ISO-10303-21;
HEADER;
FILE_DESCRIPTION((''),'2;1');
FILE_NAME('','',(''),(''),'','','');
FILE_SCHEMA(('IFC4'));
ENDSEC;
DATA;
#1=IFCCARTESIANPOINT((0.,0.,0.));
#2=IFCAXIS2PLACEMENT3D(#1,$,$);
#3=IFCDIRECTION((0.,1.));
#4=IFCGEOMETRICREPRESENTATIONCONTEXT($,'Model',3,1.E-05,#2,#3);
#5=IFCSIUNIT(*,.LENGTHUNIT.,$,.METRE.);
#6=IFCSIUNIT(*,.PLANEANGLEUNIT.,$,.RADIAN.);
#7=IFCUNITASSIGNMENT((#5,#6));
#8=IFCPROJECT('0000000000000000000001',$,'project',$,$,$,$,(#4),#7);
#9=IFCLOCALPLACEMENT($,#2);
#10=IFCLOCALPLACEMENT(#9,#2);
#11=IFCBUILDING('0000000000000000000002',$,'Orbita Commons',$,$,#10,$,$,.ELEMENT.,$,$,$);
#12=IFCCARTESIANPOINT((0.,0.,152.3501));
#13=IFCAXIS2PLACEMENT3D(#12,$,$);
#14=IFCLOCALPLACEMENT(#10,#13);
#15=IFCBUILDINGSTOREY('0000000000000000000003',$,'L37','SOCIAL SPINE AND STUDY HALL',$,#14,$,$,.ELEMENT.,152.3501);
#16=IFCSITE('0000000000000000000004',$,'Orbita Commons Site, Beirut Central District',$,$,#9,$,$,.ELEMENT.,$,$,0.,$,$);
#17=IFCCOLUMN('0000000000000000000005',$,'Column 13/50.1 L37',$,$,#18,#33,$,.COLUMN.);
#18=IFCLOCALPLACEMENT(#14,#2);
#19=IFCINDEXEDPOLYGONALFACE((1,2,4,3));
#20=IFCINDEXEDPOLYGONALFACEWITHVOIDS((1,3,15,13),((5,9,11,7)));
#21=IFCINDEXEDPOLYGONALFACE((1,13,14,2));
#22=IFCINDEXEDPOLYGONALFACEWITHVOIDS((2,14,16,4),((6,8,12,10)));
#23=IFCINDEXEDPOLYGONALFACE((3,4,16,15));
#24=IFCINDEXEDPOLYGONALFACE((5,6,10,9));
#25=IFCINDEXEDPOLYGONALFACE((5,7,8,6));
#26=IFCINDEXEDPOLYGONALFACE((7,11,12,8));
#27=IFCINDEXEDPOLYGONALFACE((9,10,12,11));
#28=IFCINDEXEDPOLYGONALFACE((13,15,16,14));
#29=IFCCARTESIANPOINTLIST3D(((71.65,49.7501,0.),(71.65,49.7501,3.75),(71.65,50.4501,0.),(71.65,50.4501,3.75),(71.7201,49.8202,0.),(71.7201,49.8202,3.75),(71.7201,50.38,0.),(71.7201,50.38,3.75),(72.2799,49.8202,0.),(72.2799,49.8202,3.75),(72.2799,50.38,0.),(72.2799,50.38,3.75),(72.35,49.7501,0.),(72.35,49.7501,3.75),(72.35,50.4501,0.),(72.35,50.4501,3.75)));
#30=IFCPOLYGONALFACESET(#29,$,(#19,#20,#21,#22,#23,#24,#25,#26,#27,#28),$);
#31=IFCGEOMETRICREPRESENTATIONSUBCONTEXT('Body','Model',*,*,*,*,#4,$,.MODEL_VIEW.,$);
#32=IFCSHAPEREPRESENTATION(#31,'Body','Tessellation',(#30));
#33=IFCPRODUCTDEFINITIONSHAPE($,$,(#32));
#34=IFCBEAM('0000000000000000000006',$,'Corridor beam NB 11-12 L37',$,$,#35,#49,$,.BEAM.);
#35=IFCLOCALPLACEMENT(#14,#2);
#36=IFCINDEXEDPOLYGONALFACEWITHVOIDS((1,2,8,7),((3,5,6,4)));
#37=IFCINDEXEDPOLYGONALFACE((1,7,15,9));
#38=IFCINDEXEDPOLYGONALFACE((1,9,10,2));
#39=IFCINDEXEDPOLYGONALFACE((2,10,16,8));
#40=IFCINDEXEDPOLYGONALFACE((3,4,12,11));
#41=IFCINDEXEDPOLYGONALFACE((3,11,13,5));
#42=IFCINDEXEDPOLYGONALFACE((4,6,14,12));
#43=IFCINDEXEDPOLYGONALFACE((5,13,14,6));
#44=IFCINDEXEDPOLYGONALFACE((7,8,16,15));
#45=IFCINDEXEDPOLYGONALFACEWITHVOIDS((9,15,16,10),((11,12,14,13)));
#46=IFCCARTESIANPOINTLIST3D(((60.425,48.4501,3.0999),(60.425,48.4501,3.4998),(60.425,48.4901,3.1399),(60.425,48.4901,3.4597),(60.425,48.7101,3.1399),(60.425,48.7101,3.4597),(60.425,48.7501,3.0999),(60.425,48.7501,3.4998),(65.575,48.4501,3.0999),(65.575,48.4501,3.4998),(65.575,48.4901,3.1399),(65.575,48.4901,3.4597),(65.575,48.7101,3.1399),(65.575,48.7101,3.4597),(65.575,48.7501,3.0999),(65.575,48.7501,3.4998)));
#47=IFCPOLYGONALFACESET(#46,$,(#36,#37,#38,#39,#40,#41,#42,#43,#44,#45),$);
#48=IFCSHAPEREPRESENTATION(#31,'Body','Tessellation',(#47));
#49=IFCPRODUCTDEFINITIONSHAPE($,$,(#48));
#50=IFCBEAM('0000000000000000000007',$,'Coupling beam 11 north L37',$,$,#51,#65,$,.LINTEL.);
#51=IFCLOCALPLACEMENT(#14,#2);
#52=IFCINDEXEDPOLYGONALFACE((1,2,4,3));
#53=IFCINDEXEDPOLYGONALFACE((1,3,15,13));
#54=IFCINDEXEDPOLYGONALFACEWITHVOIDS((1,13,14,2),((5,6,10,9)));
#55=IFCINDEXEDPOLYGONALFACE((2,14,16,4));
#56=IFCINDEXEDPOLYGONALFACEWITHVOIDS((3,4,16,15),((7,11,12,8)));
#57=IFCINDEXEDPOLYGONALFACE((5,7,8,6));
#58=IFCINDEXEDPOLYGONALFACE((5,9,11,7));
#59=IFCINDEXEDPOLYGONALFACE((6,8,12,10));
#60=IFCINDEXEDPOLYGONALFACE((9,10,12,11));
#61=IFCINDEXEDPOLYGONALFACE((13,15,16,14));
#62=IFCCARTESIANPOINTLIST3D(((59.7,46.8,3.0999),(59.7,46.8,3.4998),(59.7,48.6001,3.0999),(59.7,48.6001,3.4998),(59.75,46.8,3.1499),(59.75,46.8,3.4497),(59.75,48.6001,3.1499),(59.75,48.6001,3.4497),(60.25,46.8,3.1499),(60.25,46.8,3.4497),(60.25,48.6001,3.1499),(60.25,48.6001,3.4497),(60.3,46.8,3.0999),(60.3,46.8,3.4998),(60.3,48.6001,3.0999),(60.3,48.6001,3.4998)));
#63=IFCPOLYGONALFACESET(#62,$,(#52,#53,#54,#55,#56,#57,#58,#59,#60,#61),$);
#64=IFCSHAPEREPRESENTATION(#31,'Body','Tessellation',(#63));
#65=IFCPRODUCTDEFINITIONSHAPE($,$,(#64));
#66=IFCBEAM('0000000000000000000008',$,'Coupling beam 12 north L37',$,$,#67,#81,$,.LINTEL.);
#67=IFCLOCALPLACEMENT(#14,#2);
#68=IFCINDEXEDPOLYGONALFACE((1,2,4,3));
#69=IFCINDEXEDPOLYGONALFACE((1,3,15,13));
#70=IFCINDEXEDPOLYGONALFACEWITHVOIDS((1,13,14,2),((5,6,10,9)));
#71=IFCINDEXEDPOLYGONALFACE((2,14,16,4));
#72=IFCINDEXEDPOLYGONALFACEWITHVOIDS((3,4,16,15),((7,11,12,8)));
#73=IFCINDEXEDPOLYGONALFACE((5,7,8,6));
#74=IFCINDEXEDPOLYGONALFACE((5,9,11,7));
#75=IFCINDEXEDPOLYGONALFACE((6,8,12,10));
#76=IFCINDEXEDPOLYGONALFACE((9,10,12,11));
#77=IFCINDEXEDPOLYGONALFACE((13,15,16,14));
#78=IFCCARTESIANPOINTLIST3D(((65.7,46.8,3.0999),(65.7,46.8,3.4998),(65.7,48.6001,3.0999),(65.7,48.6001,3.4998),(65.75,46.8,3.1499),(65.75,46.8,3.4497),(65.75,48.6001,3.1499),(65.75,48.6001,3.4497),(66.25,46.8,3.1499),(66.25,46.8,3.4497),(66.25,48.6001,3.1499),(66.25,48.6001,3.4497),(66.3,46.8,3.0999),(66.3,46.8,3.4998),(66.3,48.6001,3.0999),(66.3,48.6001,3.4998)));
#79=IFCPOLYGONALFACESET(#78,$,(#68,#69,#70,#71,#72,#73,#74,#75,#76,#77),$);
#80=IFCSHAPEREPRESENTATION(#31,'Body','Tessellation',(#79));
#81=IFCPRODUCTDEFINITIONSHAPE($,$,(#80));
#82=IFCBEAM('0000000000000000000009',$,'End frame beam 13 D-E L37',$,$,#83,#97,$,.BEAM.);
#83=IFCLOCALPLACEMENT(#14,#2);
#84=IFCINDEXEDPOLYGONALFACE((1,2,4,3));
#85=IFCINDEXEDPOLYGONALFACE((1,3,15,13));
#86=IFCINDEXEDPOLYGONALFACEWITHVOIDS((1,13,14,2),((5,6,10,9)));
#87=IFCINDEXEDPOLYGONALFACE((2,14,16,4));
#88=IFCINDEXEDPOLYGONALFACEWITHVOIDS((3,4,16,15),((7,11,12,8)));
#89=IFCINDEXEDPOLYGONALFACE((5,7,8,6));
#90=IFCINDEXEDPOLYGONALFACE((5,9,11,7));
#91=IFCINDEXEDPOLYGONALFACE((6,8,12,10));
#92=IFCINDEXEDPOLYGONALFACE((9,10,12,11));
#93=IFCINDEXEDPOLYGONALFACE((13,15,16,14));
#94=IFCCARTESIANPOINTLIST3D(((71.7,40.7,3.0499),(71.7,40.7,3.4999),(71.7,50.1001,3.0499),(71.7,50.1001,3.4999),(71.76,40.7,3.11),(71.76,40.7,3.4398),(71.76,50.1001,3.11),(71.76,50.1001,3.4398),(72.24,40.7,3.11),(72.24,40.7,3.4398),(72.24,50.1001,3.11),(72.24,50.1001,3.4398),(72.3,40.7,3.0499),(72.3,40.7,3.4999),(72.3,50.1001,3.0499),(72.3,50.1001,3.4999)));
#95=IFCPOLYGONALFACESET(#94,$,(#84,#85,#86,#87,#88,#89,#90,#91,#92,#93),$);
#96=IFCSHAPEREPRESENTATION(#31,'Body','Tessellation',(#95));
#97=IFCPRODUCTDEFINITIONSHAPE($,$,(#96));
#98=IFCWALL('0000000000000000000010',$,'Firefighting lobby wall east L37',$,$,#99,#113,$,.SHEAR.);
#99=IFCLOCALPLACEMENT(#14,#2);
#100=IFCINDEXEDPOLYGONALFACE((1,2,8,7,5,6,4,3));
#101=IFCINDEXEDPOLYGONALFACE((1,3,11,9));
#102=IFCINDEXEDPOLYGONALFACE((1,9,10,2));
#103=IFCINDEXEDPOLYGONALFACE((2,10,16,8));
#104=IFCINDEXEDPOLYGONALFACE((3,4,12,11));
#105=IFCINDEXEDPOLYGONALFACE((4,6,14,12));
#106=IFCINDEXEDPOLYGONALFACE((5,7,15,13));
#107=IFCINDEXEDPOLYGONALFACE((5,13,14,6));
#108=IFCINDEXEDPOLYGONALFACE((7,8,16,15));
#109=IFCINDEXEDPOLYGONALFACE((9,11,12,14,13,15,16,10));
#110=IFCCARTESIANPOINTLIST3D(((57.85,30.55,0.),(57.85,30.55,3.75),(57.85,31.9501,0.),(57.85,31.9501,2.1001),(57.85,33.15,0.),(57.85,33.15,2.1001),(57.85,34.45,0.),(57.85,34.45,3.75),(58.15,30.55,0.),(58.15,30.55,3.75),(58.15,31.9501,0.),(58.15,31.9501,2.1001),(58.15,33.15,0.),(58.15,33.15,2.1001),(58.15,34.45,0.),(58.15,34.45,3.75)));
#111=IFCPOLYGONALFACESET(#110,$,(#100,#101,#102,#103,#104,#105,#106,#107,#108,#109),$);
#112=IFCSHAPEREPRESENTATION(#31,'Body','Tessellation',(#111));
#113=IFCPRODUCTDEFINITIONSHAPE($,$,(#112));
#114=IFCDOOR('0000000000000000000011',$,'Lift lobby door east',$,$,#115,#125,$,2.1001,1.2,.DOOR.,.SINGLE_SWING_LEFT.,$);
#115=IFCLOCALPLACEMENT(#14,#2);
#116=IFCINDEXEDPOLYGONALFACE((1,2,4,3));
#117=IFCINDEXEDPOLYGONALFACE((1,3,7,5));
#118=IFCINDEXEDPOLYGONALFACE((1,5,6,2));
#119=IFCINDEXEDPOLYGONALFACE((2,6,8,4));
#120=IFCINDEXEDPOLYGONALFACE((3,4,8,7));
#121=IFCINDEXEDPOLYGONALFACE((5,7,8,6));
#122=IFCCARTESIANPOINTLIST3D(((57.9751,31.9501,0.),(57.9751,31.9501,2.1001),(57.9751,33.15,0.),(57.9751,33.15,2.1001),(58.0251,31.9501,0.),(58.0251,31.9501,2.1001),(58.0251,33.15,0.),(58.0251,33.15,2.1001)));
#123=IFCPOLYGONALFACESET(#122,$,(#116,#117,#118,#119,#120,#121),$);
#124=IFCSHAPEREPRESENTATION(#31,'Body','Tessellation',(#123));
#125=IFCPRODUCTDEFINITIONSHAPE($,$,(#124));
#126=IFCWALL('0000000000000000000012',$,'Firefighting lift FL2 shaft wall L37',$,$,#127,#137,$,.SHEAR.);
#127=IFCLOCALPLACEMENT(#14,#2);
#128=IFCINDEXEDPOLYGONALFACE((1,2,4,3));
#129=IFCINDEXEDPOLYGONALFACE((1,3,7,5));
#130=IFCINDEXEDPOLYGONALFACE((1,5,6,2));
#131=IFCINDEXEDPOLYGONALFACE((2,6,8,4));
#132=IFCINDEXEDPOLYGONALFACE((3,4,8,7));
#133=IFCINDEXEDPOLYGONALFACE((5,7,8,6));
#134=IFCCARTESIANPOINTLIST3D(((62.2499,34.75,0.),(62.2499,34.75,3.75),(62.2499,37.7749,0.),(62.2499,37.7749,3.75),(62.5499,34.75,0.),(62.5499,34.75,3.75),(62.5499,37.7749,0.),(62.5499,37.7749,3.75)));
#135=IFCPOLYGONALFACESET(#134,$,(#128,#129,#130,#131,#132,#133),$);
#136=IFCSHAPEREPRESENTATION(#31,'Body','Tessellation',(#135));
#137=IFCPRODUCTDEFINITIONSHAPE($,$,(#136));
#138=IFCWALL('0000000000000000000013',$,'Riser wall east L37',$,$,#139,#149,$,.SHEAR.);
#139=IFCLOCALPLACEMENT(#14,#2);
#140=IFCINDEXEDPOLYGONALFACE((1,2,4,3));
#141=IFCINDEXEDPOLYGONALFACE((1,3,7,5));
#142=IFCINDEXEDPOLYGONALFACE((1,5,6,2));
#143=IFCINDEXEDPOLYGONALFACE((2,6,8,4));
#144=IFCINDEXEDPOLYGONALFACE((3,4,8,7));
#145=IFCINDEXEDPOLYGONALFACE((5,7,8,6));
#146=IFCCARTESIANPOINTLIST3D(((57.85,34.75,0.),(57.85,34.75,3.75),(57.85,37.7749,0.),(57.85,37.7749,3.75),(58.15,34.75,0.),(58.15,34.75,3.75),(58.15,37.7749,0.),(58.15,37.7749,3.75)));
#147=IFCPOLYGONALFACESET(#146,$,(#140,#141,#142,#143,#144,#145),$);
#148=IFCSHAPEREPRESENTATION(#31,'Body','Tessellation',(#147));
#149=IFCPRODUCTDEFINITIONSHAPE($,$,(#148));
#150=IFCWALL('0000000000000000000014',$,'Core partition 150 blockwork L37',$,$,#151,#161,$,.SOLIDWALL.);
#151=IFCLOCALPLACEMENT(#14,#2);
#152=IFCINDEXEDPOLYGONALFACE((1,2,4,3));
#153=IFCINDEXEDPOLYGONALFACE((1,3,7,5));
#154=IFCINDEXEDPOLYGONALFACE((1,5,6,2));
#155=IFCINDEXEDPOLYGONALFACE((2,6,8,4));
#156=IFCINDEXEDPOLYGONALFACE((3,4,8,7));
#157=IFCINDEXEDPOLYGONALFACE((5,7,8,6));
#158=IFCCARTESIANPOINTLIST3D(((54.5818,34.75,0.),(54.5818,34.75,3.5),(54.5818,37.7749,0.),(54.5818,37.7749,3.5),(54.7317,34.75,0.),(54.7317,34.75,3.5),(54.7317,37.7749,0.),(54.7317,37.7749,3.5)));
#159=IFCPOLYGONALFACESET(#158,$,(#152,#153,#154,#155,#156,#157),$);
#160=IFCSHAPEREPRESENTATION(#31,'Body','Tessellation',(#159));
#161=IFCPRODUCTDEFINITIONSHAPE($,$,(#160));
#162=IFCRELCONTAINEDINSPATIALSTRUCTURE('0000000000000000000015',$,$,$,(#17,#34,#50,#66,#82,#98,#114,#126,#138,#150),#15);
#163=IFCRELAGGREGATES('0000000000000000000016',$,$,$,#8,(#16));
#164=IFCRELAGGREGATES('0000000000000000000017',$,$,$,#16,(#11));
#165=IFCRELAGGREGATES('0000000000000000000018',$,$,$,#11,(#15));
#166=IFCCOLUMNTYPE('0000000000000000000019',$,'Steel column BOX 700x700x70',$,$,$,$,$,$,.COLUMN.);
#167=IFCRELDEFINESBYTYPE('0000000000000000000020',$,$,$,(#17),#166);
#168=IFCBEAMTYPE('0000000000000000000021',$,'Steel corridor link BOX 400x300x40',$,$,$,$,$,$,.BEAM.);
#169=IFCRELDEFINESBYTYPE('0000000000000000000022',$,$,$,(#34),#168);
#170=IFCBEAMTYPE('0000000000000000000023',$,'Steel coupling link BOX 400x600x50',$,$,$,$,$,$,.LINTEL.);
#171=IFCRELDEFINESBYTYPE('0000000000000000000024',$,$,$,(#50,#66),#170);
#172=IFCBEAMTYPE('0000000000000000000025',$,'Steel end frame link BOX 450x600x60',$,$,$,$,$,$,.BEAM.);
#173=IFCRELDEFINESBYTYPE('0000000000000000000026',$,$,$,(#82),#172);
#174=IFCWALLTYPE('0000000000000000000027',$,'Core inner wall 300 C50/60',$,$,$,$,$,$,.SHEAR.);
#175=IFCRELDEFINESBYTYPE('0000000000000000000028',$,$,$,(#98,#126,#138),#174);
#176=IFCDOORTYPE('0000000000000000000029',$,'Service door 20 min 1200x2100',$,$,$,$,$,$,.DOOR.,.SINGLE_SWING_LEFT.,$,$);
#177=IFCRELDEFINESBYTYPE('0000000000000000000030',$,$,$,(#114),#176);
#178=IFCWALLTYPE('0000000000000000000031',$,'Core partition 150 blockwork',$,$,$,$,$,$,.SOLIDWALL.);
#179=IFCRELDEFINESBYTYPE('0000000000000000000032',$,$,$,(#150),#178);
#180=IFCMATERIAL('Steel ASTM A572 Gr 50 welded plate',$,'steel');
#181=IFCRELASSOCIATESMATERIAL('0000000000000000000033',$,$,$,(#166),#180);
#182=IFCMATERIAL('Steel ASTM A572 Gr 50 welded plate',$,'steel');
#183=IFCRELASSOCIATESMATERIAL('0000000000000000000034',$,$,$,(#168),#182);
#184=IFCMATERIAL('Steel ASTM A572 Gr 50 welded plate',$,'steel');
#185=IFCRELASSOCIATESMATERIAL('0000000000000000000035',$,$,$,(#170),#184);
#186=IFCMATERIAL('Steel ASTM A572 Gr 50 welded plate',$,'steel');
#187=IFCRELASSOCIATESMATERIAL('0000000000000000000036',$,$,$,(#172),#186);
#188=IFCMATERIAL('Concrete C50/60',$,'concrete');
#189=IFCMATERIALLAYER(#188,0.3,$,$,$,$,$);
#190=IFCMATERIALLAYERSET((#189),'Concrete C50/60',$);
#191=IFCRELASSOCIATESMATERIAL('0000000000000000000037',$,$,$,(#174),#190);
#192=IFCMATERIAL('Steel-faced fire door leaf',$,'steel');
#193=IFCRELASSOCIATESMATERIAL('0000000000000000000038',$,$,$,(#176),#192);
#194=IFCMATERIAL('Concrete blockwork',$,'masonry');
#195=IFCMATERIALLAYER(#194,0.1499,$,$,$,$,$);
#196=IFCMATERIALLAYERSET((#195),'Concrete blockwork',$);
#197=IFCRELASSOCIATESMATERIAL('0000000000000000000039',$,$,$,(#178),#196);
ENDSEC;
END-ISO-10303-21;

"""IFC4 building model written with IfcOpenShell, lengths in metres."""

from ifc_helpers import new_model, si_unit, direction, frame, frame_2d, origin, origin_2d, place, context, subcontext, project, spatial, rectangle, hollow_rectangle, extrude, material, layer, layer_set, material_profile, profile_set, type_object, element, fill, save


model = new_model("IFC4")

# Units and contexts
model_context = context("Model", 3, precision=1e-05, world=origin(), true_north=direction((0.0, 1.0)))
body_context = subcontext(model_context, "Body", "Model", "MODEL_VIEW")
ifc_project = project(units=[si_unit("LENGTHUNIT", "METRE"), si_unit("PLANEANGLEUNIT", "RADIAN")], contexts=[model_context])

# Site, building, storey
site_placement = place(None, origin())
site = spatial("IfcSite", under=ifc_project, at=site_placement, Name="Orbita Commons Site, Beirut Central District", CompositionType="ELEMENT", RefElevation=0.0)
building_placement = place(site_placement, origin())
building = spatial("IfcBuilding", under=site, at=building_placement, Name="Orbita Commons", CompositionType="ELEMENT")
storey_placement = place(building_placement, frame((0.0, 0.0, 152.3501)))
storey = spatial("IfcBuildingStorey", under=building, at=storey_placement, Name="L37", Description="SOCIAL SPINE AND STUDY HALL", CompositionType="ELEMENT", Elevation=152.3501)

# Column
ifc_material_1 = material(Name="Steel ASTM A572 Gr 50 welded plate", Category="steel")
ifc_material_profile_1 = material_profile(ifc_material_1, hollow_rectangle(XDim=0.7, YDim=0.7, WallThickness=0.0701, at=origin_2d()), Name="BOX 700x700x70")
ifc_profile_set_1 = profile_set([ifc_material_profile_1], Name="Steel ASTM A572 Gr 50 welded plate")
column_type = type_object("IfcColumnType", Name="Steel column BOX 700x700x70", PredefinedType="COLUMN", material=ifc_profile_set_1)
column_placement = place(storey_placement, frame((72.0, 50.1001, 0.0), z_axis=(0.0, 0.0, 1.0), x_axis=(1.0, 0.0, 0.0)))
element("IfcColumn", 1, at=column_placement, inside=storey, type_object=column_type, Name="Column 13/50.1 L37", PredefinedType="COLUMN", context=body_context, shape_type="SweptSolid", body=[
    extrude(hollow_rectangle(XDim=0.7, YDim=0.7, WallThickness=0.0701, at=origin_2d()), origin(), (0.0, 0.0, 1.0), 3.75),
])

# Beams
ifc_material_2 = material(Name="Steel ASTM A572 Gr 50 welded plate", Category="steel")
ifc_material_profile_2 = material_profile(ifc_material_2, hollow_rectangle(XDim=0.3, YDim=0.3999, WallThickness=0.04, at=origin_2d()), Name="BOX 400x300x40")
ifc_profile_set_2 = profile_set([ifc_material_profile_2], Name="Steel ASTM A572 Gr 50 welded plate")
beam_type_1 = type_object("IfcBeamType", Name="Steel corridor link BOX 400x300x40", PredefinedType="BEAM", material=ifc_profile_set_2)
beam_1_placement = place(storey_placement, frame((60.425, 48.6001, 3.2998), z_axis=(1.0, 0.0, 0.0), x_axis=(0.0, 1.0, 0.0)))
element("IfcBeam", 2, at=beam_1_placement, inside=storey, type_object=beam_type_1, Name="Corridor beam NB 11-12 L37", PredefinedType="BEAM", context=body_context, shape_type="SweptSolid", body=[
    extrude(hollow_rectangle(XDim=0.3, YDim=0.3999, WallThickness=0.04, at=origin_2d()), origin(), (0.0, 0.0, 1.0), 5.1499),
])
ifc_material_3 = material(Name="Steel ASTM A572 Gr 50 welded plate", Category="steel")
ifc_material_profile_3 = material_profile(ifc_material_3, hollow_rectangle(XDim=0.6001, YDim=0.3999, WallThickness=0.05, at=origin_2d()), Name="BOX 400x600x50")
ifc_profile_set_3 = profile_set([ifc_material_profile_3], Name="Steel ASTM A572 Gr 50 welded plate")
beam_type_2 = type_object("IfcBeamType", Name="Steel coupling link BOX 400x600x50", PredefinedType="LINTEL", material=ifc_profile_set_3)
for number, where, z_axis, x_axis, name in (
    (3, (60.0, 46.8, 3.2998), (0.0, 1.0, 0.0), (-1.0, 0.0, 0.0), "Coupling beam 11 north L37"),
    (4, (66.0, 46.8, 3.2998), (0.0, 1.0, 0.0), (-1.0, 0.0, 0.0), "Coupling beam 12 north L37"),
):
    element("IfcBeam", number, at=place(storey_placement, frame(where, z_axis=z_axis, x_axis=x_axis)), inside=storey, type_object=beam_type_2, Name=name, PredefinedType="LINTEL", context=body_context, shape_type="SweptSolid", body=[
        extrude(hollow_rectangle(XDim=0.6001, YDim=0.3999, WallThickness=0.05, at=origin_2d()), origin(), (0.0, 0.0, 1.0), 1.8),
    ])
ifc_material_4 = material(Name="Steel ASTM A572 Gr 50 welded plate", Category="steel")
ifc_material_profile_4 = material_profile(ifc_material_4, hollow_rectangle(XDim=0.6001, YDim=0.45, WallThickness=0.0601, at=origin_2d()), Name="BOX 450x600x60")
ifc_profile_set_4 = profile_set([ifc_material_profile_4], Name="Steel ASTM A572 Gr 50 welded plate")
beam_type_3 = type_object("IfcBeamType", Name="Steel end frame link BOX 450x600x60", PredefinedType="BEAM", material=ifc_profile_set_4)
beam_2_placement = place(storey_placement, frame((72.0, 40.7, 3.2749), z_axis=(0.0, 1.0, 0.0), x_axis=(-1.0, 0.0, 0.0)))
element("IfcBeam", 5, at=beam_2_placement, inside=storey, type_object=beam_type_3, Name="End frame beam 13 D-E L37", PredefinedType="BEAM", context=body_context, shape_type="SweptSolid", body=[
    extrude(hollow_rectangle(XDim=0.6001, YDim=0.45, WallThickness=0.0601, at=origin_2d()), origin(), (0.0, 0.0, 1.0), 9.4001),
])

# Wall, opening, door
ifc_material_5 = material(Name="Concrete C50/60", Category="concrete")
ifc_layer_1 = layer(ifc_material_5, 0.3)
ifc_layer_set_1 = layer_set([ifc_layer_1], Name="Concrete C50/60")
wall_type_1 = type_object("IfcWallType", Name="Core inner wall 300 C50/60", PredefinedType="SHEAR", material=ifc_layer_set_1)
wall_1_placement = place(storey_placement, frame((58.0, 30.55, 0.0), z_axis=(0.0, 0.0, 1.0), x_axis=(0.0, 1.0, 0.0)))
wall_1 = element("IfcWall", 6, at=wall_1_placement, inside=storey, type_object=wall_type_1, Name="Firefighting lobby wall east L37", PredefinedType="SHEAR", context=body_context, shape_type="SweptSolid", body=[
    extrude(rectangle(XDim=3.8999, YDim=0.3, at=frame_2d((1.95, 0.0))), origin(), (0.0, 0.0, 1.0), 3.75),
])
opening_1_placement = place(wall_1_placement, frame((1.3999, 0.0, 0.0)))
opening_1 = element("IfcOpeningElement", 7, at=opening_1_placement, cuts=wall_1, PredefinedType="OPENING", context=body_context, shape_type="SweptSolid", body=[
    extrude(rectangle(XDim=1.2, YDim=2.1001, at=frame_2d((0.6001, 1.05))), frame((0.0, 0.1599, 0.0), z_axis=(0.0, -1.0, 0.0), x_axis=(1.0, 0.0, 0.0)), (0.0, 0.0, 1.0), 0.3201),
])
ifc_material_6 = material(Name="Steel-faced fire door leaf", Category="steel")
door_type_1 = type_object("IfcDoorType", Name="Service door 20 min 1200x2100", OperationType="SINGLE_SWING_LEFT", PredefinedType="DOOR", material=ifc_material_6)
door_1_placement = place(opening_1_placement, origin())
door_1 = element("IfcDoor", 8, at=door_1_placement, inside=storey, type_object=door_type_1, Name="Lift lobby door east", OperationType="SINGLE_SWING_LEFT", OverallHeight=2.1001, OverallWidth=1.2, PredefinedType="DOOR", context=body_context, shape_type="SweptSolid", body=[
    extrude(rectangle(XDim=1.2, YDim=2.1001, at=frame_2d((0.6001, 1.05))), frame((0.0, 0.0249, 0.0), z_axis=(0.0, -1.0, 0.0), x_axis=(1.0, 0.0, 0.0)), (0.0, 0.0, 1.0), 0.05),
])
fill(opening_1, door_1)

# Walls
for number, where, z_axis, x_axis, name in (
    (9, (62.3999, 34.75, 0.0), (0.0, 0.0, 1.0), (0.0, 1.0, 0.0), "Firefighting lift FL2 shaft wall L37"),
    (10, (58.0, 34.75, 0.0), (0.0, 0.0, 1.0), (0.0, 1.0, 0.0), "Riser wall east L37"),
):
    element("IfcWall", number, at=place(storey_placement, frame(where, z_axis=z_axis, x_axis=x_axis)), inside=storey, type_object=wall_type_1, Name=name, PredefinedType="SHEAR", context=body_context, shape_type="SweptSolid", body=[
        extrude(rectangle(XDim=3.0249, YDim=0.3, at=frame_2d((1.5125, 0.0))), origin(), (0.0, 0.0, 1.0), 3.75),
    ])
ifc_material_7 = material(Name="Concrete blockwork", Category="masonry")
ifc_layer_2 = layer(ifc_material_7, 0.1499)
ifc_layer_set_2 = layer_set([ifc_layer_2], Name="Concrete blockwork")
wall_type_2 = type_object("IfcWallType", Name="Core partition 150 blockwork", PredefinedType="SOLIDWALL", material=ifc_layer_set_2)
wall_2_placement = place(storey_placement, frame((54.6567, 34.75, 0.0), z_axis=(0.0, 0.0, 1.0), x_axis=(0.0, 1.0, 0.0)))
element("IfcWall", 11, at=wall_2_placement, inside=storey, type_object=wall_type_2, Name="Core partition 150 blockwork L37", PredefinedType="SOLIDWALL", context=body_context, shape_type="SweptSolid", body=[
    extrude(rectangle(XDim=3.0249, YDim=0.1499, at=frame_2d((1.5125, 0.0))), origin(), (0.0, 0.0, 1.0), 3.5),
])

save(model, "model.ifc")
